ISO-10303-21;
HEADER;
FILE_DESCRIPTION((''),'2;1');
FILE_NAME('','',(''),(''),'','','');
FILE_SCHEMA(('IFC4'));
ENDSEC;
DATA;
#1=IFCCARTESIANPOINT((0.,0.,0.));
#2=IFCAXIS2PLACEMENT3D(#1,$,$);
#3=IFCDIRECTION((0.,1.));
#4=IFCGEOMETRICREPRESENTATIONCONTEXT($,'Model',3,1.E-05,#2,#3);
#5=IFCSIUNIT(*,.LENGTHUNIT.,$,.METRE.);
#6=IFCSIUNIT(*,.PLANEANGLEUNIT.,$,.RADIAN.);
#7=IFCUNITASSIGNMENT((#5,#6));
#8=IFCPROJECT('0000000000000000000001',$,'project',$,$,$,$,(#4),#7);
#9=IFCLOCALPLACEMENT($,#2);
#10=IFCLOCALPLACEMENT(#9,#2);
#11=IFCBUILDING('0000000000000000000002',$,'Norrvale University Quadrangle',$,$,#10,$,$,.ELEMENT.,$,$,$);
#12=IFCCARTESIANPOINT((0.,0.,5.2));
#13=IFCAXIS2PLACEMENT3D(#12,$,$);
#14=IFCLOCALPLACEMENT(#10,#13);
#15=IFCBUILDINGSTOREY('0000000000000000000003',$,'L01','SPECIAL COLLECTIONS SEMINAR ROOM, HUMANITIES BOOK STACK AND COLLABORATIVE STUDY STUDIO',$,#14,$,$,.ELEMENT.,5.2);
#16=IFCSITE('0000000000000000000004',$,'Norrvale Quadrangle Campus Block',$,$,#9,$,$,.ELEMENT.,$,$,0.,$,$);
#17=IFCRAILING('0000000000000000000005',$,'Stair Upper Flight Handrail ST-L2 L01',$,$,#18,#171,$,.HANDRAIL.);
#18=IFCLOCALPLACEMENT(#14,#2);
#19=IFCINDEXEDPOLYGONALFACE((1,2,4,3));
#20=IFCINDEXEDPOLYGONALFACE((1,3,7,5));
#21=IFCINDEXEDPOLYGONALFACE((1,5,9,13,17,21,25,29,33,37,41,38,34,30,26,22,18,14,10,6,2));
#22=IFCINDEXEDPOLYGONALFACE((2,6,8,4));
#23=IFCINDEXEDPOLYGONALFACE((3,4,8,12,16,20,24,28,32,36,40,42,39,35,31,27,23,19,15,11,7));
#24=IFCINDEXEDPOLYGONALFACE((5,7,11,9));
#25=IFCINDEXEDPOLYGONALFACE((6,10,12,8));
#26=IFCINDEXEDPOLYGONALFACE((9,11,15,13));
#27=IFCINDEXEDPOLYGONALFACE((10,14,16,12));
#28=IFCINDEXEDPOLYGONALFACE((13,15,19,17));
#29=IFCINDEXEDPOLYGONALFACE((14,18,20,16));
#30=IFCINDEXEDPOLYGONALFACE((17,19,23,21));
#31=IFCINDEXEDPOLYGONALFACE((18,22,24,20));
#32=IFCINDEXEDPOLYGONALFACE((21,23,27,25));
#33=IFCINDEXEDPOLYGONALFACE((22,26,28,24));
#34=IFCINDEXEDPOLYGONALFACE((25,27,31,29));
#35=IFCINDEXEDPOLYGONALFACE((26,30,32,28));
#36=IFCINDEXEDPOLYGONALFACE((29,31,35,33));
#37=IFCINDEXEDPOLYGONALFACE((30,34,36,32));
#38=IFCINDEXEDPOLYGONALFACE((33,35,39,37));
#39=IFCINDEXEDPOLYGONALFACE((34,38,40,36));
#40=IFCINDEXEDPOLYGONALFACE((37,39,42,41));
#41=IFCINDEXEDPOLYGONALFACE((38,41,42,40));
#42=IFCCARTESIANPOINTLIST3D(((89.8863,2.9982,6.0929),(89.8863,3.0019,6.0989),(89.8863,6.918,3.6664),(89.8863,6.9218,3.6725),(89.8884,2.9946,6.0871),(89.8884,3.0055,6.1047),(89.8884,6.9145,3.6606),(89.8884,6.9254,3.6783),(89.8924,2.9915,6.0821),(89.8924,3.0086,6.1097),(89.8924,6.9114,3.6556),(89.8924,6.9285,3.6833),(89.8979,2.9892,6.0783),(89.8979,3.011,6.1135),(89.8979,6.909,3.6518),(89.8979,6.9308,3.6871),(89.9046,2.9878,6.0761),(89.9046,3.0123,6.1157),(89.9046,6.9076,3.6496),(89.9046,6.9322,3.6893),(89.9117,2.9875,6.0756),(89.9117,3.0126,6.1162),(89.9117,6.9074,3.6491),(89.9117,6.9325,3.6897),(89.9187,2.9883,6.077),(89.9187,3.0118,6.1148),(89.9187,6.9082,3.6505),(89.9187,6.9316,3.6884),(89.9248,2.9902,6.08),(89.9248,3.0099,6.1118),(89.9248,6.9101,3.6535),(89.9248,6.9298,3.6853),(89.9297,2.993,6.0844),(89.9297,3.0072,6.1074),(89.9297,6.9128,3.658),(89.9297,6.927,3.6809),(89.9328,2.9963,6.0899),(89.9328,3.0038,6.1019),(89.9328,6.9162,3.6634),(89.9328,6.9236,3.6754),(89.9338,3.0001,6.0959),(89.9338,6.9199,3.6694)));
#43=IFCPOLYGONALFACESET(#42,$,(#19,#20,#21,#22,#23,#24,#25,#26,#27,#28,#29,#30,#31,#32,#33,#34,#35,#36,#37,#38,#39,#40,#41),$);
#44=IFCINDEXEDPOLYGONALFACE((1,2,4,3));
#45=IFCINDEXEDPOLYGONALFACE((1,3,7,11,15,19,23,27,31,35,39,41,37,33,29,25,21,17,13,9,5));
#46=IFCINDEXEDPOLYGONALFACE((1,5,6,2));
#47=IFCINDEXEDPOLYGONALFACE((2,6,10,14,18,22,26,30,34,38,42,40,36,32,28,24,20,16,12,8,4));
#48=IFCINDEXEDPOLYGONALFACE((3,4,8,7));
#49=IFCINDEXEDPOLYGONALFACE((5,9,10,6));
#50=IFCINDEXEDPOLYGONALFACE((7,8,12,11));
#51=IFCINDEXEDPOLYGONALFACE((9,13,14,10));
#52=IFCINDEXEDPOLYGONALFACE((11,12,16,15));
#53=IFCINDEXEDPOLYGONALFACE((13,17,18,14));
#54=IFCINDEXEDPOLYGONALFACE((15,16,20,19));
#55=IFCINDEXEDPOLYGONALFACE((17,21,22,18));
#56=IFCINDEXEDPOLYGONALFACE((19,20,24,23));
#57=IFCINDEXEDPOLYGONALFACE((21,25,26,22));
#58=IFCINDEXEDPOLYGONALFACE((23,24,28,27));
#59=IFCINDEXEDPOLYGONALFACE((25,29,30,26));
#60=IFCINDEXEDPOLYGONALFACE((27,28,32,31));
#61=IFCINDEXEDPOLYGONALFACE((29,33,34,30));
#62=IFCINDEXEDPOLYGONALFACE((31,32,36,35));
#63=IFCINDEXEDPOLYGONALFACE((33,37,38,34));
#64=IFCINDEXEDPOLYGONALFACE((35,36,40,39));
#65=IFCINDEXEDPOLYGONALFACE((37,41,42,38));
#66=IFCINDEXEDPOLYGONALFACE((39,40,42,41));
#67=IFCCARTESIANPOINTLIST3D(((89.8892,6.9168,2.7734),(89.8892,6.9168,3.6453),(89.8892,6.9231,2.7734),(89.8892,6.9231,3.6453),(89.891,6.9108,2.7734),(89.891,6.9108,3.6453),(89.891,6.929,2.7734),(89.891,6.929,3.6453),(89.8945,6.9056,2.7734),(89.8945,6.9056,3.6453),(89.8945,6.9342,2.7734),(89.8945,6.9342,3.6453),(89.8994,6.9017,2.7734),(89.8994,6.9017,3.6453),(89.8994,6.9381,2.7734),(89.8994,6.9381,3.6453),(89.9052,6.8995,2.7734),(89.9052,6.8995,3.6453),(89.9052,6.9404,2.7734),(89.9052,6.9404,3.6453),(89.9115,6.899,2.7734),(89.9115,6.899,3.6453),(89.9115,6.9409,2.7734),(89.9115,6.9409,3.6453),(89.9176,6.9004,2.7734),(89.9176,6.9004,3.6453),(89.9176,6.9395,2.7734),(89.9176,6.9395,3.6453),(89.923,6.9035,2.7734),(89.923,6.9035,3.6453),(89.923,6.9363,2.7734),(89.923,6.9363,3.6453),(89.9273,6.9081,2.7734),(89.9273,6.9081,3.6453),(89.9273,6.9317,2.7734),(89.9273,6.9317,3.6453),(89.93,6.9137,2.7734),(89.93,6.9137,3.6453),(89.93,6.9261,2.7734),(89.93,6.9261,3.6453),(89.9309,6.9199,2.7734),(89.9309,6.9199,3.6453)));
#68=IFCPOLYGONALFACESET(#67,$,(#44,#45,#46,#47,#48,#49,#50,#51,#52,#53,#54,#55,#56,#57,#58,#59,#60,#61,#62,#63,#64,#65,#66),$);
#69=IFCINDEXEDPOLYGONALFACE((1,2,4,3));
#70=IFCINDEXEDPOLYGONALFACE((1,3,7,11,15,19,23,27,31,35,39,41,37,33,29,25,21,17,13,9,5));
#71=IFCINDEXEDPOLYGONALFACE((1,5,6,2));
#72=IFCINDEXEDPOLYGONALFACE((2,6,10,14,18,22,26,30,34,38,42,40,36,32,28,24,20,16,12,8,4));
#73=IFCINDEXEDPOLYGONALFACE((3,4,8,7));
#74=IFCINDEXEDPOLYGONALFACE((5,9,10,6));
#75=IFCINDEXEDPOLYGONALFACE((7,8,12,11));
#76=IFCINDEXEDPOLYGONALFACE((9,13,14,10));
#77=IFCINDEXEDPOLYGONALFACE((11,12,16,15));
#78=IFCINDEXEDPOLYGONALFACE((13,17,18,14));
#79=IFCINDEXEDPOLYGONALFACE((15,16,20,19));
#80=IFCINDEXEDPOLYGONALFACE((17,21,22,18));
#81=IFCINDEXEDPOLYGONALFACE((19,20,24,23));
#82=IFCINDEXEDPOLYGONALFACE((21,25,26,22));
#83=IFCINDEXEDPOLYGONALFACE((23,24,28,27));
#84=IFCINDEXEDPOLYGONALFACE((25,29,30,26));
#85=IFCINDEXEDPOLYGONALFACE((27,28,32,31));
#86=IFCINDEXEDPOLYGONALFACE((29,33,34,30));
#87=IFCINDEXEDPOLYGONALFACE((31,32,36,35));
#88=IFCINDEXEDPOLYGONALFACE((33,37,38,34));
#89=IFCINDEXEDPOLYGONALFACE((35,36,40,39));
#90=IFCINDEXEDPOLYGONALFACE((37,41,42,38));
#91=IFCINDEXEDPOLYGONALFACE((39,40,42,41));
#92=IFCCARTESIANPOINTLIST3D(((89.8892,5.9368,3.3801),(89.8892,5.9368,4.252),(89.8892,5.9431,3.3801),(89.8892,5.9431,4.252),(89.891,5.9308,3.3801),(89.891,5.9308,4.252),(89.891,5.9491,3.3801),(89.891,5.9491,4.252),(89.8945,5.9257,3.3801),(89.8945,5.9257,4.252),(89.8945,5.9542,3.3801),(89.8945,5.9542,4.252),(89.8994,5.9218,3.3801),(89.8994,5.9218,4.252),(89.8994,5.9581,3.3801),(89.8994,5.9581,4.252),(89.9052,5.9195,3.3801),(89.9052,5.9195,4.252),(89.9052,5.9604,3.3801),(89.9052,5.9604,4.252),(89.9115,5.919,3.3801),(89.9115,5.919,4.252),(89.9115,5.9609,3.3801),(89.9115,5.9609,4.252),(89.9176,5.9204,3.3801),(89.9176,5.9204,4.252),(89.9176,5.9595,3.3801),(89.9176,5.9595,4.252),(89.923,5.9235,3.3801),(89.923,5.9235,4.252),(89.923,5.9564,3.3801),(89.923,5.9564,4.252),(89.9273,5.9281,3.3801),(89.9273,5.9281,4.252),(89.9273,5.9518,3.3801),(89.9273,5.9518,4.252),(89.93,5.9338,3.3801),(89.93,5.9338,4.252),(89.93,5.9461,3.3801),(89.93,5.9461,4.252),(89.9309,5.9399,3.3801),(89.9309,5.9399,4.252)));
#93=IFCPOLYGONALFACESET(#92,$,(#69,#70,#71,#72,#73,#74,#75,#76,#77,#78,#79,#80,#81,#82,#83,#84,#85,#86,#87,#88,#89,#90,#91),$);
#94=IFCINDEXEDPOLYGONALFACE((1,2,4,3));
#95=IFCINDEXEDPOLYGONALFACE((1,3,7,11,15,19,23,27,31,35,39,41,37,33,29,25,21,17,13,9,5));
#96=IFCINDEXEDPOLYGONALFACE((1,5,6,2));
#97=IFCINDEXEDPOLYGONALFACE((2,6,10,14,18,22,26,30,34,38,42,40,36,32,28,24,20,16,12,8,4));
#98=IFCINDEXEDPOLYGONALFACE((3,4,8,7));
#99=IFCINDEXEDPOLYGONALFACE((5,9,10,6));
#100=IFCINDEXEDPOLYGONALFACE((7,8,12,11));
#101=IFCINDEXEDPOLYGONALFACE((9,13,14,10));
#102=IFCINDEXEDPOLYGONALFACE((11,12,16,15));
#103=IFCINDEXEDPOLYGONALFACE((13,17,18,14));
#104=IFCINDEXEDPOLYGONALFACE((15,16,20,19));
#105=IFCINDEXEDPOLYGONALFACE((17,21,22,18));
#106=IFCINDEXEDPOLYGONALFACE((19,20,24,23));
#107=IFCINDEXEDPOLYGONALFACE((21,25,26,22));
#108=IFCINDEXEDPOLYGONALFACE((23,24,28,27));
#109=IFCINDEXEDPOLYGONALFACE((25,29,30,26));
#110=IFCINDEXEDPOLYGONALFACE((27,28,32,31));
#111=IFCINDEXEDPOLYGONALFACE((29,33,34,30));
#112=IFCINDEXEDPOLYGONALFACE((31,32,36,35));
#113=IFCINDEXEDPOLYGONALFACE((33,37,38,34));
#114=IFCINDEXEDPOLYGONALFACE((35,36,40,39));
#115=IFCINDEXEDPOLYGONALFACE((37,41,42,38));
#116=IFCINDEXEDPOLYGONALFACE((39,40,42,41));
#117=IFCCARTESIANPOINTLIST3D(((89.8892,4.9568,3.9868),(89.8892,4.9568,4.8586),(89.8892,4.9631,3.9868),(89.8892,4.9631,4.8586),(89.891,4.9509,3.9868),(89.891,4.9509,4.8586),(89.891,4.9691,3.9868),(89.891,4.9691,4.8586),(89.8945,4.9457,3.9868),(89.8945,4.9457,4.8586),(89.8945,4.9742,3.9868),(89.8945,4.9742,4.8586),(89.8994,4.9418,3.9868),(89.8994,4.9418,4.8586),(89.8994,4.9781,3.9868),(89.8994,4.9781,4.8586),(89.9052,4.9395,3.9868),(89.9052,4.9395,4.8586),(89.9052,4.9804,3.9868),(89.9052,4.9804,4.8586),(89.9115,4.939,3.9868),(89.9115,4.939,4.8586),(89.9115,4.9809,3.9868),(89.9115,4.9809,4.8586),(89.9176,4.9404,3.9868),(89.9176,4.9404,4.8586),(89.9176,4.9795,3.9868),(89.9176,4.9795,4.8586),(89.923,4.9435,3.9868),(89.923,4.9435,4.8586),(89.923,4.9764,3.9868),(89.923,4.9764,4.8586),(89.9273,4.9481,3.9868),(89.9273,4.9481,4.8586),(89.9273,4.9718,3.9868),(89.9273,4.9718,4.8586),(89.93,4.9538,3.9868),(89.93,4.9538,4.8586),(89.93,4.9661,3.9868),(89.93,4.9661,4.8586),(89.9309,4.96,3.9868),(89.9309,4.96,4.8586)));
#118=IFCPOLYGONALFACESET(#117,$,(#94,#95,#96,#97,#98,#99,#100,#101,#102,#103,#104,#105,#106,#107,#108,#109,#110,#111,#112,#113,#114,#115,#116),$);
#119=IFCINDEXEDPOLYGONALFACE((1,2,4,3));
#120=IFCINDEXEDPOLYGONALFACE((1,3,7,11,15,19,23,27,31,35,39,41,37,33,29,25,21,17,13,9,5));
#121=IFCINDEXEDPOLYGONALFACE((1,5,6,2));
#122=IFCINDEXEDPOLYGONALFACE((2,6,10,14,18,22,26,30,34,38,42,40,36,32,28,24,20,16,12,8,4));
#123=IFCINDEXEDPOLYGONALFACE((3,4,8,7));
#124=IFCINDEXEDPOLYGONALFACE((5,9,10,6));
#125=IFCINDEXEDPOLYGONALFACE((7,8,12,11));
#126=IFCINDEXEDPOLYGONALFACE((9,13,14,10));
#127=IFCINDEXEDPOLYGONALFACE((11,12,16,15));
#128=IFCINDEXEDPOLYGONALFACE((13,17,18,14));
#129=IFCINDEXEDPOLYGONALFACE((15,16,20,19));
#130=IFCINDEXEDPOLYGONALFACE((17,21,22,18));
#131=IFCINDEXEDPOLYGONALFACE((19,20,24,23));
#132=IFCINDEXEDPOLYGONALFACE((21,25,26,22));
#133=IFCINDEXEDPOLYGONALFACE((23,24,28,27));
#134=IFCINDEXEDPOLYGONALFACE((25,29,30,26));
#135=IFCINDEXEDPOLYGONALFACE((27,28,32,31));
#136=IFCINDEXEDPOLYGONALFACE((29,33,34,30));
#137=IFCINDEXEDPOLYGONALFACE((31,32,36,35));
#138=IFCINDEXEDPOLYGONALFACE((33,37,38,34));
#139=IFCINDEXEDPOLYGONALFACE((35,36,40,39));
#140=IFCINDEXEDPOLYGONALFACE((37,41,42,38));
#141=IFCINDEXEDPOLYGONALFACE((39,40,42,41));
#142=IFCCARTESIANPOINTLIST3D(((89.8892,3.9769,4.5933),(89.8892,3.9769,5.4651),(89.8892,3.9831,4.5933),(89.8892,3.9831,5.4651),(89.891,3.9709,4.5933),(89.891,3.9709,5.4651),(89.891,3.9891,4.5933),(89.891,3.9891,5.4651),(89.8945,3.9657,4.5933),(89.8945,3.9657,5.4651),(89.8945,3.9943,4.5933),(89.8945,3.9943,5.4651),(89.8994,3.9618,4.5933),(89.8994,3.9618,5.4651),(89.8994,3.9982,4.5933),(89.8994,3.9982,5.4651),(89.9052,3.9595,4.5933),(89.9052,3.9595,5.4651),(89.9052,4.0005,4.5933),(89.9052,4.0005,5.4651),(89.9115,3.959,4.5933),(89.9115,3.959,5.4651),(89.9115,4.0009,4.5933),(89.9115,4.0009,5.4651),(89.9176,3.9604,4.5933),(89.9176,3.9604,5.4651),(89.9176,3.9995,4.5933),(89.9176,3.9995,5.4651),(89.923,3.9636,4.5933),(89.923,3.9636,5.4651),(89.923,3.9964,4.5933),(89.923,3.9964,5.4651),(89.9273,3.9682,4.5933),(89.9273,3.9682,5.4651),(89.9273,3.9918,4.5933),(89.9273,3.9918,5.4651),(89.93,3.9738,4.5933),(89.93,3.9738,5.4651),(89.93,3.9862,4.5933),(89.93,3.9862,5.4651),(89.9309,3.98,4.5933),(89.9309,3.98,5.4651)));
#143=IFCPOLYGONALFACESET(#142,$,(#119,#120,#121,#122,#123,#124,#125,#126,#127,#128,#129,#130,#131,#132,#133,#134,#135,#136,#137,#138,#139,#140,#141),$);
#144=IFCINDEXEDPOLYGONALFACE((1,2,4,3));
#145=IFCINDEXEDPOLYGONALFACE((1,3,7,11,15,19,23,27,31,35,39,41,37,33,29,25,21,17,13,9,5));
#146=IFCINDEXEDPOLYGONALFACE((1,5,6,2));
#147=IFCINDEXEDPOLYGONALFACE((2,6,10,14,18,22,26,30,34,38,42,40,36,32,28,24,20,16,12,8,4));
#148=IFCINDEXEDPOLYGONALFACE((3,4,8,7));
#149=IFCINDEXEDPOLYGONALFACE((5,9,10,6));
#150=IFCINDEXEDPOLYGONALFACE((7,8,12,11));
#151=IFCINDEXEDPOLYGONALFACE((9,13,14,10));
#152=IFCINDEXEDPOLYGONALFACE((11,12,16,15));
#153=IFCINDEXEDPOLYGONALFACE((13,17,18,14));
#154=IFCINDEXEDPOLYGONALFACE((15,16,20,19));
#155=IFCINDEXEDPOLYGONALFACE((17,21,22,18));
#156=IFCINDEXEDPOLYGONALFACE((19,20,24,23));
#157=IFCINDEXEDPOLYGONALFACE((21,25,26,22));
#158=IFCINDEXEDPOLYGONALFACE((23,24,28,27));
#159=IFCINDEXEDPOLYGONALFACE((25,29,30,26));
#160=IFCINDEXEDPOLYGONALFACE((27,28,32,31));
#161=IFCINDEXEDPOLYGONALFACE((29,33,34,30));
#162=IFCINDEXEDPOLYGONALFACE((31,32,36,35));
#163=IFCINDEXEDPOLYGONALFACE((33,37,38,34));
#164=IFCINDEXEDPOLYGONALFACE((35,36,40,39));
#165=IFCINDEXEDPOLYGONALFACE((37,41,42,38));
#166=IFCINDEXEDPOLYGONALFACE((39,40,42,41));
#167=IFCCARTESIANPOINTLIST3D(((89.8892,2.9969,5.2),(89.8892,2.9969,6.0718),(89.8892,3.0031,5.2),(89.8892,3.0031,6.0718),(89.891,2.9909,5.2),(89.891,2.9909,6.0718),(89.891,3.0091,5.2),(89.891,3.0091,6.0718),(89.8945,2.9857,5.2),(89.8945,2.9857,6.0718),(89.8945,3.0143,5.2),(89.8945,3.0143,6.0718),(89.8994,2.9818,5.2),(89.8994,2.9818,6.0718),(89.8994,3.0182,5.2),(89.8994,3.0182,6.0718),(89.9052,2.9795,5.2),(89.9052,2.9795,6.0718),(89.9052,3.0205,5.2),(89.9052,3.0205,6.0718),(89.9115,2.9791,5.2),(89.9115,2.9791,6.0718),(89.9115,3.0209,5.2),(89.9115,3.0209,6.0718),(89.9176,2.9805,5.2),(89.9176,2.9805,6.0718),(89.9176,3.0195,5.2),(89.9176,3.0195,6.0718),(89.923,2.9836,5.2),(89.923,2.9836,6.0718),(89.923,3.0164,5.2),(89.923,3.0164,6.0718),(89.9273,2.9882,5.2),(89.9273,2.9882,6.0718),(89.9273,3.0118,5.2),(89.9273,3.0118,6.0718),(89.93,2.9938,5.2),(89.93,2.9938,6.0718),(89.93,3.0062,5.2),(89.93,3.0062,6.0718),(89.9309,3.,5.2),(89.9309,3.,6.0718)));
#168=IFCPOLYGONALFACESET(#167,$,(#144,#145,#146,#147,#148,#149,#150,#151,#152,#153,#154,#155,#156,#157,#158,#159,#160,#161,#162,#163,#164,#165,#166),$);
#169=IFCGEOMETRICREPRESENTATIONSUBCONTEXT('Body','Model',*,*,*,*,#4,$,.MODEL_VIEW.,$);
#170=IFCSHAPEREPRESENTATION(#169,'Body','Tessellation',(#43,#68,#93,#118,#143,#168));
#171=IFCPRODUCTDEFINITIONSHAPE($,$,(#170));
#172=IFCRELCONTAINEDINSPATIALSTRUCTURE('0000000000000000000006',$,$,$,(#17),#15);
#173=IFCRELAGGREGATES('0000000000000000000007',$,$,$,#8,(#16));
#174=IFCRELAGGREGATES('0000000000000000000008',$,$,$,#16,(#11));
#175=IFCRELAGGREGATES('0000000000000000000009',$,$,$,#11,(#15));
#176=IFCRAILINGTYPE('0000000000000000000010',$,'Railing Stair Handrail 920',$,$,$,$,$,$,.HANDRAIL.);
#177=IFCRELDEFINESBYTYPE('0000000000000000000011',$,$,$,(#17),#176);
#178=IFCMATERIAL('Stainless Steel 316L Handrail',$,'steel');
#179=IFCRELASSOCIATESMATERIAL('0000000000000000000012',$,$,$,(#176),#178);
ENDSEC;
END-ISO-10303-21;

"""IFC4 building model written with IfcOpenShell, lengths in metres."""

from ifc_helpers import new_model, si_unit, direction, frame, origin, origin_2d, place, context, subcontext, project, spatial, circle, extrude, material, type_object, element, save


model = new_model("IFC4")

# Units and contexts
model_context = context("Model", 3, precision=1e-05, world=origin(), true_north=direction((0.0, 1.0)))
body_context = subcontext(model_context, "Body", "Model", "MODEL_VIEW")
ifc_project = project(units=[si_unit("LENGTHUNIT", "METRE"), si_unit("PLANEANGLEUNIT", "RADIAN")], contexts=[model_context])

# Site, building, storey
site_placement = place(None, origin())
site = spatial("IfcSite", under=ifc_project, at=site_placement, Name="Norrvale Quadrangle Campus Block", CompositionType="ELEMENT", RefElevation=0.0)
building_placement = place(site_placement, origin())
building = spatial("IfcBuilding", under=site, at=building_placement, Name="Norrvale University Quadrangle", CompositionType="ELEMENT")
storey_placement = place(building_placement, frame((0.0, 0.0, 5.2)))
storey = spatial("IfcBuildingStorey", under=building, at=storey_placement, Name="L01", Description="SPECIAL COLLECTIONS SEMINAR ROOM, HUMANITIES BOOK STACK AND COLLABORATIVE STUDY STUDIO", CompositionType="ELEMENT", Elevation=5.2)

# Railing
ifc_material_1 = material(Name="Stainless Steel 316L Handrail", Category="steel")
railing_type = type_object("IfcRailingType", Name="Railing Stair Handrail 920", PredefinedType="HANDRAIL", material=ifc_material_1)
railing_placement = place(storey_placement, frame((89.9099, 6.9199, 2.7734)))
element("IfcRailing", 1, at=railing_placement, inside=storey, type_object=railing_type, Name="Stair Upper Flight Handrail ST-L2 L01", PredefinedType="HANDRAIL", context=body_context, shape_type="SweptSolid", body=[
    extrude(circle(Radius=0.0239, at=origin_2d()), frame((0.0, 0.0, 0.896), z_axis=(0.0, -0.850275, 0.526338), x_axis=(1.0, 0.0, 0.0)), (0.0, 0.0, 1.0), 4.6101),
    extrude(circle(Radius=0.021, at=origin_2d()), origin(), (0.0, 0.0, 1.0), 0.8718),
    extrude(circle(Radius=0.021, at=origin_2d()), frame((0.0, -0.98, 0.6067)), (0.0, 0.0, 1.0), 0.8718),
    extrude(circle(Radius=0.021, at=origin_2d()), frame((0.0, -1.96, 1.2134)), (0.0, 0.0, 1.0), 0.8718),
    extrude(circle(Radius=0.021, at=origin_2d()), frame((0.0, -2.9399, 1.8198)), (0.0, 0.0, 1.0), 0.8718),
    extrude(circle(Radius=0.021, at=origin_2d()), frame((0.0, -3.9199, 2.4265)), (0.0, 0.0, 1.0), 0.8718),
])

save(model, "model.ifc")
